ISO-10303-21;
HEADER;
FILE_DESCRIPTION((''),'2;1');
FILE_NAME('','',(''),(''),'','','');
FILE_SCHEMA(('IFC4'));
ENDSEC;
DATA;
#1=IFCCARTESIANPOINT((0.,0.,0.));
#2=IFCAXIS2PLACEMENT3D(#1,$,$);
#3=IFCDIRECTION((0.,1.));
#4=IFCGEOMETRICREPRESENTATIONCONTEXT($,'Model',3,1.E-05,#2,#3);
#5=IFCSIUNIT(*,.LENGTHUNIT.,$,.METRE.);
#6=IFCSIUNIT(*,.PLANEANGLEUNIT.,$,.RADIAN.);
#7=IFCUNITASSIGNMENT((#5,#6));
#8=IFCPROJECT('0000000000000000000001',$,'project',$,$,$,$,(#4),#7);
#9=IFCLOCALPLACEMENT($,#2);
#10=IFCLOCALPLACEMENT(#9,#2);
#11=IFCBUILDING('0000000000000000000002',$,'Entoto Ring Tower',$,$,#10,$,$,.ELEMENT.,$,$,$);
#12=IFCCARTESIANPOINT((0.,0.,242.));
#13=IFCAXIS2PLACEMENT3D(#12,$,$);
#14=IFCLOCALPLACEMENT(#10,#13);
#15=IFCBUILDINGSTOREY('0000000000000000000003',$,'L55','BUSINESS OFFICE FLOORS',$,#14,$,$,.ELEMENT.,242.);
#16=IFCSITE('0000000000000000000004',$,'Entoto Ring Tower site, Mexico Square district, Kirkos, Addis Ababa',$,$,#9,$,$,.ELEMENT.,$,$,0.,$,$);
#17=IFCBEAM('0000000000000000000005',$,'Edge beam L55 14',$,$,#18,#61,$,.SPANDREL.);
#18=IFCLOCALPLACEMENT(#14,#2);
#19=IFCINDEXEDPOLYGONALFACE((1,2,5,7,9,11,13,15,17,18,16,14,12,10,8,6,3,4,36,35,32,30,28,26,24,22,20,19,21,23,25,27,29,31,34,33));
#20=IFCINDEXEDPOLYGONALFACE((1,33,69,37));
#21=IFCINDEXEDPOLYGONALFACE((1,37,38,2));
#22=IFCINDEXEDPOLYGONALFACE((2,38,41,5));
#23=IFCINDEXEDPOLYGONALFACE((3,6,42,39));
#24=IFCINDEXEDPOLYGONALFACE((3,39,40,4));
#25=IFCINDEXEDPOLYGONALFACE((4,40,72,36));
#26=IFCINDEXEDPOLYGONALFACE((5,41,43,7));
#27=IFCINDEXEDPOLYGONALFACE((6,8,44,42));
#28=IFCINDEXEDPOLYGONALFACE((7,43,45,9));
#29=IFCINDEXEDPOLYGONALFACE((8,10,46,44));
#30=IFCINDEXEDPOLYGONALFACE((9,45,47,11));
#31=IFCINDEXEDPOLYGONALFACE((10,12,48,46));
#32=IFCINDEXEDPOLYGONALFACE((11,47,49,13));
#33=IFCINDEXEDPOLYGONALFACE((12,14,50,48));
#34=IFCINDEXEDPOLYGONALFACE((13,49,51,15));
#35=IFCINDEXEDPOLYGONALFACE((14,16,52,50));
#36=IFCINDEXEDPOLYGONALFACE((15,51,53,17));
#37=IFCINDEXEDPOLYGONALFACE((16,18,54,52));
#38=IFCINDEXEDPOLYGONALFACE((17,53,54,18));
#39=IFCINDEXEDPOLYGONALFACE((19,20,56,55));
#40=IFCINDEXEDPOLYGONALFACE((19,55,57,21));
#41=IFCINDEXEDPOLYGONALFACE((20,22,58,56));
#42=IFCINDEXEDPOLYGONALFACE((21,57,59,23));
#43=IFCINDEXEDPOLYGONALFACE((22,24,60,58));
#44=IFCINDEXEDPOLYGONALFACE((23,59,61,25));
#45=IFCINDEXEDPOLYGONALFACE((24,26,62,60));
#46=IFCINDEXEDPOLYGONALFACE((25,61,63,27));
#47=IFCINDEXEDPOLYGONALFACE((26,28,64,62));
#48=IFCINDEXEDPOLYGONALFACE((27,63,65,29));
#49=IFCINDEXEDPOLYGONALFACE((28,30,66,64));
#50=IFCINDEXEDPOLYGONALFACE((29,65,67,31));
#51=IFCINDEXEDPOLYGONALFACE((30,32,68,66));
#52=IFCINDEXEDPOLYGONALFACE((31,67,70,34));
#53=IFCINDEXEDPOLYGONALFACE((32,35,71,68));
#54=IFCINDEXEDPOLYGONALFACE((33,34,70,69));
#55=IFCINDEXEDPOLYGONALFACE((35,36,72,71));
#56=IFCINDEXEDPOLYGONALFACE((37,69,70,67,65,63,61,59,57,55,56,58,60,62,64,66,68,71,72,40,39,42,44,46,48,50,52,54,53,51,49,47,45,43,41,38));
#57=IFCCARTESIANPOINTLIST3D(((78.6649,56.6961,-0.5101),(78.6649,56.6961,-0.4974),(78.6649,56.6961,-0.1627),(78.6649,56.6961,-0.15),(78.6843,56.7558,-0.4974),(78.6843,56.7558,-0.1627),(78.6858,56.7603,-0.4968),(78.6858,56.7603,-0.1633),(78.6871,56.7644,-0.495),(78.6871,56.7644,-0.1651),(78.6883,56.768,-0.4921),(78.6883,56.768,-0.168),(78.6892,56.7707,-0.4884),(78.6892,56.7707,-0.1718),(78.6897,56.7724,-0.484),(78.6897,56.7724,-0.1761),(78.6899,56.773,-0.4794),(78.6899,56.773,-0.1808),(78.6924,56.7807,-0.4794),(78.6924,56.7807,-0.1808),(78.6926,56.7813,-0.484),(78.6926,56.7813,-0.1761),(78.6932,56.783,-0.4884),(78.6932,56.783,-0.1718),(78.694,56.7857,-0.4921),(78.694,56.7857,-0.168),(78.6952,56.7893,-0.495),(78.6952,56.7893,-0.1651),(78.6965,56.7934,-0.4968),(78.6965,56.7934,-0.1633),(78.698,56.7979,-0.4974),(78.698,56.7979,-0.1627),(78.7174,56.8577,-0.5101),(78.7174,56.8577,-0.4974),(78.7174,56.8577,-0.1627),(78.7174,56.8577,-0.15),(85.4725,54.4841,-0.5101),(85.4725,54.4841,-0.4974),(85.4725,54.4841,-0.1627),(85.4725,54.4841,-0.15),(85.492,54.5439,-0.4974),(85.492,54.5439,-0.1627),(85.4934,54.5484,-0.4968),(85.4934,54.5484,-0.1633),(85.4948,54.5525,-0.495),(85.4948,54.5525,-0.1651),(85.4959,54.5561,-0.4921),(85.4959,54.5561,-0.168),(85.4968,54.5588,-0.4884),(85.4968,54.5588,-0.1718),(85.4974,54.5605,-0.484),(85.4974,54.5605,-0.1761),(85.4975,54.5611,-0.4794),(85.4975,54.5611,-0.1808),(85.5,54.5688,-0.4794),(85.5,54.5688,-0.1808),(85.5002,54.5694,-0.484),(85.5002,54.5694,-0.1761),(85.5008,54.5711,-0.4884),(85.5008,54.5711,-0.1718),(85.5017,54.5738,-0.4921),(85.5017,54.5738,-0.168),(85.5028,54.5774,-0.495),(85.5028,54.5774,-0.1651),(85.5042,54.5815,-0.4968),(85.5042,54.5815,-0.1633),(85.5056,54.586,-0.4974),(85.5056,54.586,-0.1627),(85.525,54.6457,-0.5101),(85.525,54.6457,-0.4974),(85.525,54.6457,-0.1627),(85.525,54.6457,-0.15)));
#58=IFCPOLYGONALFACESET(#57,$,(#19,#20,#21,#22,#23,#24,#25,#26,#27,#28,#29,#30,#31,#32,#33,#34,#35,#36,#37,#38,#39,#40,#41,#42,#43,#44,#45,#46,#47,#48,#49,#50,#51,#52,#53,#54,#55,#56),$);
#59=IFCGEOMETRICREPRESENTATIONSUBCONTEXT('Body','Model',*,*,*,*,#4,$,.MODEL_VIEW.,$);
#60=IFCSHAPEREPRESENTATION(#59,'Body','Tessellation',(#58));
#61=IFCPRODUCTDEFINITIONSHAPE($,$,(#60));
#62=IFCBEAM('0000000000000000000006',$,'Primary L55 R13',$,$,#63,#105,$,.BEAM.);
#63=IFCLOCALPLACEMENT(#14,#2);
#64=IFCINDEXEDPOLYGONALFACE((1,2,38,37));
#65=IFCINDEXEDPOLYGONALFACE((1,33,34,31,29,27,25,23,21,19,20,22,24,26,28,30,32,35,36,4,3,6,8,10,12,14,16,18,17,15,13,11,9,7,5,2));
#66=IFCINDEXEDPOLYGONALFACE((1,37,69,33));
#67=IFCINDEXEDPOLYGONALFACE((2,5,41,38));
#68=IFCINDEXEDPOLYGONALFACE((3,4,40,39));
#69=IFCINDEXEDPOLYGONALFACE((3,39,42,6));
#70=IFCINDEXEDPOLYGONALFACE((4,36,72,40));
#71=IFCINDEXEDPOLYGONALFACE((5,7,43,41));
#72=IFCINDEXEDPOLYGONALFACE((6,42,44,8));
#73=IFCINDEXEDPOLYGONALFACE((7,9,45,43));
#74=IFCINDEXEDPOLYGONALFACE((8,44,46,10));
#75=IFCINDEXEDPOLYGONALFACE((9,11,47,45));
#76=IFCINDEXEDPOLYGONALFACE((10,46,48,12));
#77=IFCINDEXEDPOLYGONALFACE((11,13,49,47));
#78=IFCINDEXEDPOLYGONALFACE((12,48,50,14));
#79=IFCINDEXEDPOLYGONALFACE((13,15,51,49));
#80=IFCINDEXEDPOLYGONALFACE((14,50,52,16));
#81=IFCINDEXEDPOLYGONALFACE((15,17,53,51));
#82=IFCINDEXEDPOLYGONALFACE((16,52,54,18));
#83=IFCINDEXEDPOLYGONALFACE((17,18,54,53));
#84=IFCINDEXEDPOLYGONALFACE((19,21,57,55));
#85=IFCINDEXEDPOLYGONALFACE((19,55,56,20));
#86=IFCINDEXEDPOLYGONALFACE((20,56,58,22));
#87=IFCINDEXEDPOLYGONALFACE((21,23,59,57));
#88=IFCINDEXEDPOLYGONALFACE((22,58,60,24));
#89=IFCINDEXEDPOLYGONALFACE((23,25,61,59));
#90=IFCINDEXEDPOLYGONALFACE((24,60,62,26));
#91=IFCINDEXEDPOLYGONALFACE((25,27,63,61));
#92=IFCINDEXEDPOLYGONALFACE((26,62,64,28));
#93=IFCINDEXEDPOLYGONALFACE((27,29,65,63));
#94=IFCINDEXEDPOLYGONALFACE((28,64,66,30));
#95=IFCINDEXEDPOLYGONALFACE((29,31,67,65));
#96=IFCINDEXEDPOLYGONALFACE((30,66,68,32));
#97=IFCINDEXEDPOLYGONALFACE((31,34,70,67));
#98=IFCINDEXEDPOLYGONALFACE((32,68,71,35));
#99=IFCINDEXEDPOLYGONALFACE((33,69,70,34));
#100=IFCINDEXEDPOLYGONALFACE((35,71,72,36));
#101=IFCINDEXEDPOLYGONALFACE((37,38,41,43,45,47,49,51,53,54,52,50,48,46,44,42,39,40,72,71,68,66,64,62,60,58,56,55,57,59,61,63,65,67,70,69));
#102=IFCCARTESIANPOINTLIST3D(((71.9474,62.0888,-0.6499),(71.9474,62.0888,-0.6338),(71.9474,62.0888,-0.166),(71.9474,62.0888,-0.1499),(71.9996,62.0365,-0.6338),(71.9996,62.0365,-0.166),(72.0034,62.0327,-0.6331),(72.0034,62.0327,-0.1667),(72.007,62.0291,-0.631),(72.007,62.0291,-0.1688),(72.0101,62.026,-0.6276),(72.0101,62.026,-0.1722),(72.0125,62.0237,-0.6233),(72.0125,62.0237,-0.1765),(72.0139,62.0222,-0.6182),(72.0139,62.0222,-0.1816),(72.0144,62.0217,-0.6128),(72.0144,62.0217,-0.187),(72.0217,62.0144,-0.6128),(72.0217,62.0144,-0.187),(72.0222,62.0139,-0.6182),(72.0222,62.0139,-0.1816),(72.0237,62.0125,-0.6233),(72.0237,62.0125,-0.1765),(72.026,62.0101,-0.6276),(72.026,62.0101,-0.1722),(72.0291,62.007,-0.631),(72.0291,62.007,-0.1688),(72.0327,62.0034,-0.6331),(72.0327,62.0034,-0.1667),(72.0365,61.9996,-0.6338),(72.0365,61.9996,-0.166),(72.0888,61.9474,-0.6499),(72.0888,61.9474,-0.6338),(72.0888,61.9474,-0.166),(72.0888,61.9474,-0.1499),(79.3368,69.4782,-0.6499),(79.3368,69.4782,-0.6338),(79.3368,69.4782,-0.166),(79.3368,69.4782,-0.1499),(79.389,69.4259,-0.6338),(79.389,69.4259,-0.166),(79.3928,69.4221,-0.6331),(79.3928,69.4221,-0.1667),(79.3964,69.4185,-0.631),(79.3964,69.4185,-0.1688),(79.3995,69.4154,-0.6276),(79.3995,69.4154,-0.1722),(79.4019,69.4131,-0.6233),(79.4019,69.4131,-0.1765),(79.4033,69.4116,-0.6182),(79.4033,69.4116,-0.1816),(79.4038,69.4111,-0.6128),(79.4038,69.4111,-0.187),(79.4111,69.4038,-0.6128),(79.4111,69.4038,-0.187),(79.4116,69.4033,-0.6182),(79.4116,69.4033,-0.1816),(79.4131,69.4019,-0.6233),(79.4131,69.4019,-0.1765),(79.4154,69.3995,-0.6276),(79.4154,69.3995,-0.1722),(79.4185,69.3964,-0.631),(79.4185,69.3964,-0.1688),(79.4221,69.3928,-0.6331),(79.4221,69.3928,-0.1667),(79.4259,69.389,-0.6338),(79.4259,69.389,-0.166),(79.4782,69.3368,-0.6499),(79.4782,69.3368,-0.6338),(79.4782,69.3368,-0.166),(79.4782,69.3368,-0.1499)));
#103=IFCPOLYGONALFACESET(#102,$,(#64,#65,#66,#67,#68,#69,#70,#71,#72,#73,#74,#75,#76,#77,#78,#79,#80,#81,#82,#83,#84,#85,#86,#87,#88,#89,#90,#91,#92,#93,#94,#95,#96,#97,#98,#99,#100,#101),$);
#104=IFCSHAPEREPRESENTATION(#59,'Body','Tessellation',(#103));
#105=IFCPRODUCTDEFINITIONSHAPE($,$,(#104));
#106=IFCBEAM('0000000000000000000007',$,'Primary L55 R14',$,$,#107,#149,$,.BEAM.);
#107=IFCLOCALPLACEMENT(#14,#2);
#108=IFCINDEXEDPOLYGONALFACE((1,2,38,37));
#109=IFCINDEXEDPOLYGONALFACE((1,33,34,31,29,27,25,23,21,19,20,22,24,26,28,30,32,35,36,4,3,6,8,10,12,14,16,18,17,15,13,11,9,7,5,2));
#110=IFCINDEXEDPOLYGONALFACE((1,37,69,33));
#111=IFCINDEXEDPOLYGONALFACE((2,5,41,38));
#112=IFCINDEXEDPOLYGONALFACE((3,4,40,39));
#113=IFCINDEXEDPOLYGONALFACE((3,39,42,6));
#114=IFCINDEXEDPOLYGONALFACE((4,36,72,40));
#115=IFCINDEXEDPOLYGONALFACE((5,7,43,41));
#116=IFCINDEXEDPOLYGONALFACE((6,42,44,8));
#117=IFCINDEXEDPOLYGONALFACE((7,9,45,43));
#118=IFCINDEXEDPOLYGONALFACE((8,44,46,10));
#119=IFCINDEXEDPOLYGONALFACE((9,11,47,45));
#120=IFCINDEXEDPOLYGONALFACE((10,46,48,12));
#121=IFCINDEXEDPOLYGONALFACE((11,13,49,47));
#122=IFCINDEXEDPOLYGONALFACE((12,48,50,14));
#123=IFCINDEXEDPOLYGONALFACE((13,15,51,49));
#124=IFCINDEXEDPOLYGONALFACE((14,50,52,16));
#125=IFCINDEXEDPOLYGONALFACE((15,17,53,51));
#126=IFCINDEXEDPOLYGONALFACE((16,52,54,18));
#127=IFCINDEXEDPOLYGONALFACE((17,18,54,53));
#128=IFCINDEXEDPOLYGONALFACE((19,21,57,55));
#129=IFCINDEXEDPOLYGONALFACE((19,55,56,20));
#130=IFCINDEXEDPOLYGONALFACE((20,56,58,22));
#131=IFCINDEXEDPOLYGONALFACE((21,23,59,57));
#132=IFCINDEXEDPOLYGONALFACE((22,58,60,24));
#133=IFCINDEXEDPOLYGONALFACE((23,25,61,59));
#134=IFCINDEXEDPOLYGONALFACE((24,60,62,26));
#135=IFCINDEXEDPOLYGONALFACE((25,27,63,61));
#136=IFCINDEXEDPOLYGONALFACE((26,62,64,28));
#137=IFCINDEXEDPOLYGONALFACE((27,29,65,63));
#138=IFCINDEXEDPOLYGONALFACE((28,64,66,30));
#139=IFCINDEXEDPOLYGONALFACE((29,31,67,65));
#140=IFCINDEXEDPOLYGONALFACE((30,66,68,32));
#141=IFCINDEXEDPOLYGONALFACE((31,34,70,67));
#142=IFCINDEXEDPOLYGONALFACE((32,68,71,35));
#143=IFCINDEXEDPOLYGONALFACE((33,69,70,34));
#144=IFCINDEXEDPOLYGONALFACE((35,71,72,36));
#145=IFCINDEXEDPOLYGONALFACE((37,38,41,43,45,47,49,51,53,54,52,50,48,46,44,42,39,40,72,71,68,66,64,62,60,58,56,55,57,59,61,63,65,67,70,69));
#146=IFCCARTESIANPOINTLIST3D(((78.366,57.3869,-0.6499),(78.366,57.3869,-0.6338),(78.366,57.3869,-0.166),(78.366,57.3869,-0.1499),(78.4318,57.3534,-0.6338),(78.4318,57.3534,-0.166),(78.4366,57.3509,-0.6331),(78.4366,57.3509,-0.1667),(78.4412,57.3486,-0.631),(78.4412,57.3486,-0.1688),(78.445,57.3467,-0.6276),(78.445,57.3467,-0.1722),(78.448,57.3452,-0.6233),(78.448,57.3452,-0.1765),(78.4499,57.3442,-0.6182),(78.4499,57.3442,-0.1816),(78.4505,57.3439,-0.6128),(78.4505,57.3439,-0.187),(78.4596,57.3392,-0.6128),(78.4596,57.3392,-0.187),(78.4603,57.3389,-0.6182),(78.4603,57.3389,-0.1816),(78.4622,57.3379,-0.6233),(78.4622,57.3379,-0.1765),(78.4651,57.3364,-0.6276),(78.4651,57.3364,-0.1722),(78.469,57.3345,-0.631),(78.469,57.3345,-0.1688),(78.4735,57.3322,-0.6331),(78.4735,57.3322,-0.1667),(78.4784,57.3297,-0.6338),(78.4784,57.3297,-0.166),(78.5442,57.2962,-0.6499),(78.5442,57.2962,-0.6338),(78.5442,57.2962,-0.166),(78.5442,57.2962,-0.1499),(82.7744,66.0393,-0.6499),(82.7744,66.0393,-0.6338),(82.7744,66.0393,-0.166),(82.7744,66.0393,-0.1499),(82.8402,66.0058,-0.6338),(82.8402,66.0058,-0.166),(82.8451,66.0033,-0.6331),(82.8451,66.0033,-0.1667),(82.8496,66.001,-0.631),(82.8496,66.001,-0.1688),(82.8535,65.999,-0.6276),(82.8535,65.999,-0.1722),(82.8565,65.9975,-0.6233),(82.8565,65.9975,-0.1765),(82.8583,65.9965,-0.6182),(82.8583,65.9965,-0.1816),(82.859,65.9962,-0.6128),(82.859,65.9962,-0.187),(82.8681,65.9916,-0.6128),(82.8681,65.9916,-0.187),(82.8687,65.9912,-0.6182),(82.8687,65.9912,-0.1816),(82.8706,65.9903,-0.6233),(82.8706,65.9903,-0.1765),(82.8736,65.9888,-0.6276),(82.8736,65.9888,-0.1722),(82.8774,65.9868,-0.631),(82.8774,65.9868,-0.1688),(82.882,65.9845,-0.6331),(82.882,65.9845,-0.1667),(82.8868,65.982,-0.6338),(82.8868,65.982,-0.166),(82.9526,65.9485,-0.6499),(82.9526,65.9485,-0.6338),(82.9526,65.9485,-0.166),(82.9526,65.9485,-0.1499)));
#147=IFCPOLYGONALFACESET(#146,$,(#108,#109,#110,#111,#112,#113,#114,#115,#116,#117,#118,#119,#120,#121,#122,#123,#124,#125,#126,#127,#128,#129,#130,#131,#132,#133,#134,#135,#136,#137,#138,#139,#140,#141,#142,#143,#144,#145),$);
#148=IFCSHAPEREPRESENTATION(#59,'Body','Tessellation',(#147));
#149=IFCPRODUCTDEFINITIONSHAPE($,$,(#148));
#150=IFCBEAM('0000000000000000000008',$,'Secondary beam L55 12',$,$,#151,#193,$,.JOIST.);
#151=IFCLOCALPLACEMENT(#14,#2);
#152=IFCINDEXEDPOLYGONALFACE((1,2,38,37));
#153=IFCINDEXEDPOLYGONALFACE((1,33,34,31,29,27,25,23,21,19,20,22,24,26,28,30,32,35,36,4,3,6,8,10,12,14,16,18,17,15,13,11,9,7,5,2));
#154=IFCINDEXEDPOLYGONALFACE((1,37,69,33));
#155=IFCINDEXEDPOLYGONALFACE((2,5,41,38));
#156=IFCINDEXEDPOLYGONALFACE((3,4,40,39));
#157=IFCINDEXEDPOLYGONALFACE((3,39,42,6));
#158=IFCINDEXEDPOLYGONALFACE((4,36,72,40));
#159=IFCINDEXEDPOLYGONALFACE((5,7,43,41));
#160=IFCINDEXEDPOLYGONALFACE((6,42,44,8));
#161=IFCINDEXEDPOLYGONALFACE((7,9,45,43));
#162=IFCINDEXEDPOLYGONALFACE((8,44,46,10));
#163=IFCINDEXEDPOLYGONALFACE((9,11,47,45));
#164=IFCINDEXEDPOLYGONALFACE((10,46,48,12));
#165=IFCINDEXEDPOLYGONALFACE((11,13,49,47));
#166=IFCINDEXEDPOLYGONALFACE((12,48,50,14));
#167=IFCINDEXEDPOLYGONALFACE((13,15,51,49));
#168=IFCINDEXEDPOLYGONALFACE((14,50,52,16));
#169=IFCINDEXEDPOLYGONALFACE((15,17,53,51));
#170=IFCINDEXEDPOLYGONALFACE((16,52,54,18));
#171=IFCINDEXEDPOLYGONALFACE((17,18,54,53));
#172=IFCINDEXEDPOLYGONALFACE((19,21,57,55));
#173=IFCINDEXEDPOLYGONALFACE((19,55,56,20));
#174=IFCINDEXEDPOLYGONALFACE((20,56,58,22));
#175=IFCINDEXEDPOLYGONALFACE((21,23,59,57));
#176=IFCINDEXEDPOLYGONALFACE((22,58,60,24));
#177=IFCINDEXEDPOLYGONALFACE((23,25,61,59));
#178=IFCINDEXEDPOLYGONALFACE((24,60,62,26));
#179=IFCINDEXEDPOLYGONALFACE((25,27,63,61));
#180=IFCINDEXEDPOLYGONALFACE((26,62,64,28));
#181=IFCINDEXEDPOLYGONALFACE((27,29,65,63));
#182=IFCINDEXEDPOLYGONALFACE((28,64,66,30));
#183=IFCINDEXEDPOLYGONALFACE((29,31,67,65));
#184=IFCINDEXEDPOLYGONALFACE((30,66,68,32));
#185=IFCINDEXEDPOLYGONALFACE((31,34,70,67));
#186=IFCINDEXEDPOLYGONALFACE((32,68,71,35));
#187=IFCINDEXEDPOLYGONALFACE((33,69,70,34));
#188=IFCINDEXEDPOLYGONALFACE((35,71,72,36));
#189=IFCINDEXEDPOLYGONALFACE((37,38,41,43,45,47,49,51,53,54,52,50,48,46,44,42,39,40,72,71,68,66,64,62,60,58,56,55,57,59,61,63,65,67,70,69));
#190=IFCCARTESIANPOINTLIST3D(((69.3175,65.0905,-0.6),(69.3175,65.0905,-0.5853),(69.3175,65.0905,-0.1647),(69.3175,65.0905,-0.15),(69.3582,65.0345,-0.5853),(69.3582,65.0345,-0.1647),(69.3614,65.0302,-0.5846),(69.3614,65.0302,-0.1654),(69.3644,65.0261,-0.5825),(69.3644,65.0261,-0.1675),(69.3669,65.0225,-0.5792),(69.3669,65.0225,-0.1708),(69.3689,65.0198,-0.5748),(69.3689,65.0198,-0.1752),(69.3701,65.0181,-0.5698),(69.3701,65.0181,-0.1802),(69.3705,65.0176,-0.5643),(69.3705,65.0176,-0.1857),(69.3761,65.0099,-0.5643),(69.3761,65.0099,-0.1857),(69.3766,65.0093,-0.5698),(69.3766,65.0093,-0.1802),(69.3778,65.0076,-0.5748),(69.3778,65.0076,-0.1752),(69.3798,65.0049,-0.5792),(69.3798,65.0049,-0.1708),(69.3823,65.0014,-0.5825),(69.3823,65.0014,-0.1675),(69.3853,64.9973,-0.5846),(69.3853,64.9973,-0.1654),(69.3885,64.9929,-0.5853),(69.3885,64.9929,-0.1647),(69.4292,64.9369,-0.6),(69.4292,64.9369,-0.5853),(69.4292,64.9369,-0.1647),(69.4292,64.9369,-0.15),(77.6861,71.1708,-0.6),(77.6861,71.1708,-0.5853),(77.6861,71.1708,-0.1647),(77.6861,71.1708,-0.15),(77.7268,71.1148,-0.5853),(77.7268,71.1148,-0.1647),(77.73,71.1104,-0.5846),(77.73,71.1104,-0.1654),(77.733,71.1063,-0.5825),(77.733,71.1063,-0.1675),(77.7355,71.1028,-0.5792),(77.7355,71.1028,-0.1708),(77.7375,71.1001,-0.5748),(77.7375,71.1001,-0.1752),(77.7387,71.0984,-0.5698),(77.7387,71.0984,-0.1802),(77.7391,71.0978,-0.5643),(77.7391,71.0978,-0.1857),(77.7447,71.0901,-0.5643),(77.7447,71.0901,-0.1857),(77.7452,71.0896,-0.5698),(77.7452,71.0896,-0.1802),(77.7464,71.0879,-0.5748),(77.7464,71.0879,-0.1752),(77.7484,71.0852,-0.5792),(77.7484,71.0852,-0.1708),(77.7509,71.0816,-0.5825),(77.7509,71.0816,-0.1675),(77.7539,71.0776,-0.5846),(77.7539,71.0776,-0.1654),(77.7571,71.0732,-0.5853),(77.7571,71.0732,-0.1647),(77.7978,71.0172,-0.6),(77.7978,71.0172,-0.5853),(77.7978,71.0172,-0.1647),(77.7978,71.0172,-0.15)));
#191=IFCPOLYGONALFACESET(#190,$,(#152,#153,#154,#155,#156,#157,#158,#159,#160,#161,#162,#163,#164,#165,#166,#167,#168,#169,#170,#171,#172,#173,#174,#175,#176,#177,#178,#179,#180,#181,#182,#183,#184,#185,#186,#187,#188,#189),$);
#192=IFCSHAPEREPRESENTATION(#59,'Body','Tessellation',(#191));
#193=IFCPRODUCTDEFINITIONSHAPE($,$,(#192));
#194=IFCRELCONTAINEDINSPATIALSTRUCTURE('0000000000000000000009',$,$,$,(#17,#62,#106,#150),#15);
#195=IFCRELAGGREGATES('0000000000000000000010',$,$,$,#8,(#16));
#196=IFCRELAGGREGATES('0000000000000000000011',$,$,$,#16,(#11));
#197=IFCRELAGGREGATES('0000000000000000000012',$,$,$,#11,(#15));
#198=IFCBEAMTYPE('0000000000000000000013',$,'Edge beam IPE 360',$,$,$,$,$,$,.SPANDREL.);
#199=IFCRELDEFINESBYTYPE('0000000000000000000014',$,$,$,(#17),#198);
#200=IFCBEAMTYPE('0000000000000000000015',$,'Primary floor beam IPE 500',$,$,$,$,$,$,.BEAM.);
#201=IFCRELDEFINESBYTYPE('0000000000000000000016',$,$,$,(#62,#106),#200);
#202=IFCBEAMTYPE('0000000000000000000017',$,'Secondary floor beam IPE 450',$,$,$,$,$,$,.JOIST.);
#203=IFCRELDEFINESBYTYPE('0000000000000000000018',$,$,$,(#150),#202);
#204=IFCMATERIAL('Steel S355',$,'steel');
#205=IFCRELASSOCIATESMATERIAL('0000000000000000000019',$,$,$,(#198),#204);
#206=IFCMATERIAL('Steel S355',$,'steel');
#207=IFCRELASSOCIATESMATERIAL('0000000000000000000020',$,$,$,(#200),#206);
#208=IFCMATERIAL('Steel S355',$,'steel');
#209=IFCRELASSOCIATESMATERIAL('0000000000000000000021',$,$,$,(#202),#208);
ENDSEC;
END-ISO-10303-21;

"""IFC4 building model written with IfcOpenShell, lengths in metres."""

from ifc_helpers import new_model, si_unit, direction, frame, origin, origin_2d, place, context, subcontext, project, spatial, i_section, extrude, material, material_profile, profile_set, type_object, element, save


model = new_model("IFC4")

# Units and contexts
model_context = context("Model", 3, precision=1e-05, world=origin(), true_north=direction((0.0, 1.0)))
body_context = subcontext(model_context, "Body", "Model", "MODEL_VIEW")
ifc_project = project(units=[si_unit("LENGTHUNIT", "METRE"), si_unit("PLANEANGLEUNIT", "RADIAN")], contexts=[model_context])

# Site, building, storey
site_placement = place(None, origin())
site = spatial("IfcSite", under=ifc_project, at=site_placement, Name="Entoto Ring Tower site, Mexico Square district, Kirkos, Addis Ababa", CompositionType="ELEMENT", RefElevation=0.0)
building_placement = place(site_placement, origin())
building = spatial("IfcBuilding", under=site, at=building_placement, Name="Entoto Ring Tower", CompositionType="ELEMENT")
storey_placement = place(building_placement, frame((0.0, 0.0, 242.0)))
storey = spatial("IfcBuildingStorey", under=building, at=storey_placement, Name="L55", Description="BUSINESS OFFICE FLOORS", CompositionType="ELEMENT", Elevation=242.0)

# Beams
ifc_material_1 = material(Name="Steel S355", Category="steel")
ifc_material_profile_1 = material_profile(ifc_material_1, i_section(OverallWidth=0.1699, OverallDepth=0.3601, WebThickness=0.0081, FlangeThickness=0.0127, FilletRadius=0.0181, at=origin_2d()), Name="IPE 360")
ifc_profile_set_1 = profile_set([ifc_material_profile_1], Name="Steel S355")
beam_type_1 = type_object("IfcBeamType", Name="Edge beam IPE 360", PredefinedType="SPANDREL", material=ifc_profile_set_1)
beam_1_placement = place(storey_placement, frame((78.6912, 56.7769, -0.3301), z_axis=(0.951057, -0.309015, 0.0), x_axis=(0.309015, 0.951057, 0.0)))
element("IfcBeam", 1, at=beam_1_placement, inside=storey, type_object=beam_type_1, Name="Edge beam L55 14", PredefinedType="SPANDREL", context=body_context, shape_type="SweptSolid", body=[
    extrude(i_section(OverallWidth=0.1699, OverallDepth=0.3601, WebThickness=0.0081, FlangeThickness=0.0127, FilletRadius=0.0181, at=origin_2d()), origin(), (0.0, 0.0, 1.0), 7.158),
])
ifc_material_2 = material(Name="Steel S355", Category="steel")
ifc_material_profile_2 = material_profile(ifc_material_2, i_section(OverallWidth=0.2, OverallDepth=0.5, WebThickness=0.0103, FlangeThickness=0.0161, FilletRadius=0.021, at=origin_2d()), Name="IPE 500")
ifc_profile_set_2 = profile_set([ifc_material_profile_2], Name="Steel S355")
beam_type_2 = type_object("IfcBeamType", Name="Primary floor beam IPE 500", PredefinedType="BEAM", material=ifc_profile_set_2)
beam_2_placement = place(storey_placement, frame((79.4075, 69.4075, -0.3999), z_axis=(-0.707107, -0.707107, 0.0), x_axis=(0.707107, -0.707107, 0.0)))
element("IfcBeam", 2, at=beam_2_placement, inside=storey, type_object=beam_type_2, Name="Primary L55 R13", PredefinedType="BEAM", context=body_context, shape_type="SweptSolid", body=[
    extrude(i_section(OverallWidth=0.2, OverallDepth=0.5, WebThickness=0.0103, FlangeThickness=0.0161, FilletRadius=0.021, at=origin_2d()), origin(), (0.0, 0.0, 1.0), 10.4502),
])
beam_3_placement = place(storey_placement, frame((82.8635, 65.9939, -0.3999), z_axis=(-0.453979, -0.891012, 0.0), x_axis=(0.891012, -0.453979, 0.0)))
element("IfcBeam", 3, at=beam_3_placement, inside=storey, type_object=beam_type_2, Name="Primary L55 R14", PredefinedType="BEAM", context=body_context, shape_type="SweptSolid", body=[
    extrude(i_section(OverallWidth=0.2, OverallDepth=0.5, WebThickness=0.0103, FlangeThickness=0.0161, FilletRadius=0.021, at=origin_2d()), origin(), (0.0, 0.0, 1.0), 9.7107),
])
ifc_material_3 = material(Name="Steel S355", Category="steel")
ifc_material_profile_3 = material_profile(ifc_material_3, i_section(OverallWidth=0.1899, OverallDepth=0.45, WebThickness=0.0095, FlangeThickness=0.0146, FilletRadius=0.021, at=origin_2d()), Name="IPE 450")
ifc_profile_set_3 = profile_set([ifc_material_profile_3], Name="Steel S355")
beam_type_3 = type_object("IfcBeamType", Name="Secondary floor beam IPE 450", PredefinedType="JOIST", material=ifc_profile_set_3)
for number, where, z_axis, x_axis, name in (
    (4, (77.7419, 71.094, -0.375), (-0.809011, -0.587794, 0.0), (0.587794, -0.809011, 0.0), "Secondary beam L55 12"),
):
    element("IfcBeam", number, at=place(storey_placement, frame(where, z_axis=z_axis, x_axis=x_axis)), inside=storey, type_object=beam_type_3, Name=name, PredefinedType="JOIST", context=body_context, shape_type="SweptSolid", body=[
        extrude(i_section(OverallWidth=0.1899, OverallDepth=0.45, WebThickness=0.0095, FlangeThickness=0.0146, FilletRadius=0.021, at=origin_2d()), origin(), (0.0, 0.0, 1.0), 10.3442),
    ])

save(model, "model.ifc")
